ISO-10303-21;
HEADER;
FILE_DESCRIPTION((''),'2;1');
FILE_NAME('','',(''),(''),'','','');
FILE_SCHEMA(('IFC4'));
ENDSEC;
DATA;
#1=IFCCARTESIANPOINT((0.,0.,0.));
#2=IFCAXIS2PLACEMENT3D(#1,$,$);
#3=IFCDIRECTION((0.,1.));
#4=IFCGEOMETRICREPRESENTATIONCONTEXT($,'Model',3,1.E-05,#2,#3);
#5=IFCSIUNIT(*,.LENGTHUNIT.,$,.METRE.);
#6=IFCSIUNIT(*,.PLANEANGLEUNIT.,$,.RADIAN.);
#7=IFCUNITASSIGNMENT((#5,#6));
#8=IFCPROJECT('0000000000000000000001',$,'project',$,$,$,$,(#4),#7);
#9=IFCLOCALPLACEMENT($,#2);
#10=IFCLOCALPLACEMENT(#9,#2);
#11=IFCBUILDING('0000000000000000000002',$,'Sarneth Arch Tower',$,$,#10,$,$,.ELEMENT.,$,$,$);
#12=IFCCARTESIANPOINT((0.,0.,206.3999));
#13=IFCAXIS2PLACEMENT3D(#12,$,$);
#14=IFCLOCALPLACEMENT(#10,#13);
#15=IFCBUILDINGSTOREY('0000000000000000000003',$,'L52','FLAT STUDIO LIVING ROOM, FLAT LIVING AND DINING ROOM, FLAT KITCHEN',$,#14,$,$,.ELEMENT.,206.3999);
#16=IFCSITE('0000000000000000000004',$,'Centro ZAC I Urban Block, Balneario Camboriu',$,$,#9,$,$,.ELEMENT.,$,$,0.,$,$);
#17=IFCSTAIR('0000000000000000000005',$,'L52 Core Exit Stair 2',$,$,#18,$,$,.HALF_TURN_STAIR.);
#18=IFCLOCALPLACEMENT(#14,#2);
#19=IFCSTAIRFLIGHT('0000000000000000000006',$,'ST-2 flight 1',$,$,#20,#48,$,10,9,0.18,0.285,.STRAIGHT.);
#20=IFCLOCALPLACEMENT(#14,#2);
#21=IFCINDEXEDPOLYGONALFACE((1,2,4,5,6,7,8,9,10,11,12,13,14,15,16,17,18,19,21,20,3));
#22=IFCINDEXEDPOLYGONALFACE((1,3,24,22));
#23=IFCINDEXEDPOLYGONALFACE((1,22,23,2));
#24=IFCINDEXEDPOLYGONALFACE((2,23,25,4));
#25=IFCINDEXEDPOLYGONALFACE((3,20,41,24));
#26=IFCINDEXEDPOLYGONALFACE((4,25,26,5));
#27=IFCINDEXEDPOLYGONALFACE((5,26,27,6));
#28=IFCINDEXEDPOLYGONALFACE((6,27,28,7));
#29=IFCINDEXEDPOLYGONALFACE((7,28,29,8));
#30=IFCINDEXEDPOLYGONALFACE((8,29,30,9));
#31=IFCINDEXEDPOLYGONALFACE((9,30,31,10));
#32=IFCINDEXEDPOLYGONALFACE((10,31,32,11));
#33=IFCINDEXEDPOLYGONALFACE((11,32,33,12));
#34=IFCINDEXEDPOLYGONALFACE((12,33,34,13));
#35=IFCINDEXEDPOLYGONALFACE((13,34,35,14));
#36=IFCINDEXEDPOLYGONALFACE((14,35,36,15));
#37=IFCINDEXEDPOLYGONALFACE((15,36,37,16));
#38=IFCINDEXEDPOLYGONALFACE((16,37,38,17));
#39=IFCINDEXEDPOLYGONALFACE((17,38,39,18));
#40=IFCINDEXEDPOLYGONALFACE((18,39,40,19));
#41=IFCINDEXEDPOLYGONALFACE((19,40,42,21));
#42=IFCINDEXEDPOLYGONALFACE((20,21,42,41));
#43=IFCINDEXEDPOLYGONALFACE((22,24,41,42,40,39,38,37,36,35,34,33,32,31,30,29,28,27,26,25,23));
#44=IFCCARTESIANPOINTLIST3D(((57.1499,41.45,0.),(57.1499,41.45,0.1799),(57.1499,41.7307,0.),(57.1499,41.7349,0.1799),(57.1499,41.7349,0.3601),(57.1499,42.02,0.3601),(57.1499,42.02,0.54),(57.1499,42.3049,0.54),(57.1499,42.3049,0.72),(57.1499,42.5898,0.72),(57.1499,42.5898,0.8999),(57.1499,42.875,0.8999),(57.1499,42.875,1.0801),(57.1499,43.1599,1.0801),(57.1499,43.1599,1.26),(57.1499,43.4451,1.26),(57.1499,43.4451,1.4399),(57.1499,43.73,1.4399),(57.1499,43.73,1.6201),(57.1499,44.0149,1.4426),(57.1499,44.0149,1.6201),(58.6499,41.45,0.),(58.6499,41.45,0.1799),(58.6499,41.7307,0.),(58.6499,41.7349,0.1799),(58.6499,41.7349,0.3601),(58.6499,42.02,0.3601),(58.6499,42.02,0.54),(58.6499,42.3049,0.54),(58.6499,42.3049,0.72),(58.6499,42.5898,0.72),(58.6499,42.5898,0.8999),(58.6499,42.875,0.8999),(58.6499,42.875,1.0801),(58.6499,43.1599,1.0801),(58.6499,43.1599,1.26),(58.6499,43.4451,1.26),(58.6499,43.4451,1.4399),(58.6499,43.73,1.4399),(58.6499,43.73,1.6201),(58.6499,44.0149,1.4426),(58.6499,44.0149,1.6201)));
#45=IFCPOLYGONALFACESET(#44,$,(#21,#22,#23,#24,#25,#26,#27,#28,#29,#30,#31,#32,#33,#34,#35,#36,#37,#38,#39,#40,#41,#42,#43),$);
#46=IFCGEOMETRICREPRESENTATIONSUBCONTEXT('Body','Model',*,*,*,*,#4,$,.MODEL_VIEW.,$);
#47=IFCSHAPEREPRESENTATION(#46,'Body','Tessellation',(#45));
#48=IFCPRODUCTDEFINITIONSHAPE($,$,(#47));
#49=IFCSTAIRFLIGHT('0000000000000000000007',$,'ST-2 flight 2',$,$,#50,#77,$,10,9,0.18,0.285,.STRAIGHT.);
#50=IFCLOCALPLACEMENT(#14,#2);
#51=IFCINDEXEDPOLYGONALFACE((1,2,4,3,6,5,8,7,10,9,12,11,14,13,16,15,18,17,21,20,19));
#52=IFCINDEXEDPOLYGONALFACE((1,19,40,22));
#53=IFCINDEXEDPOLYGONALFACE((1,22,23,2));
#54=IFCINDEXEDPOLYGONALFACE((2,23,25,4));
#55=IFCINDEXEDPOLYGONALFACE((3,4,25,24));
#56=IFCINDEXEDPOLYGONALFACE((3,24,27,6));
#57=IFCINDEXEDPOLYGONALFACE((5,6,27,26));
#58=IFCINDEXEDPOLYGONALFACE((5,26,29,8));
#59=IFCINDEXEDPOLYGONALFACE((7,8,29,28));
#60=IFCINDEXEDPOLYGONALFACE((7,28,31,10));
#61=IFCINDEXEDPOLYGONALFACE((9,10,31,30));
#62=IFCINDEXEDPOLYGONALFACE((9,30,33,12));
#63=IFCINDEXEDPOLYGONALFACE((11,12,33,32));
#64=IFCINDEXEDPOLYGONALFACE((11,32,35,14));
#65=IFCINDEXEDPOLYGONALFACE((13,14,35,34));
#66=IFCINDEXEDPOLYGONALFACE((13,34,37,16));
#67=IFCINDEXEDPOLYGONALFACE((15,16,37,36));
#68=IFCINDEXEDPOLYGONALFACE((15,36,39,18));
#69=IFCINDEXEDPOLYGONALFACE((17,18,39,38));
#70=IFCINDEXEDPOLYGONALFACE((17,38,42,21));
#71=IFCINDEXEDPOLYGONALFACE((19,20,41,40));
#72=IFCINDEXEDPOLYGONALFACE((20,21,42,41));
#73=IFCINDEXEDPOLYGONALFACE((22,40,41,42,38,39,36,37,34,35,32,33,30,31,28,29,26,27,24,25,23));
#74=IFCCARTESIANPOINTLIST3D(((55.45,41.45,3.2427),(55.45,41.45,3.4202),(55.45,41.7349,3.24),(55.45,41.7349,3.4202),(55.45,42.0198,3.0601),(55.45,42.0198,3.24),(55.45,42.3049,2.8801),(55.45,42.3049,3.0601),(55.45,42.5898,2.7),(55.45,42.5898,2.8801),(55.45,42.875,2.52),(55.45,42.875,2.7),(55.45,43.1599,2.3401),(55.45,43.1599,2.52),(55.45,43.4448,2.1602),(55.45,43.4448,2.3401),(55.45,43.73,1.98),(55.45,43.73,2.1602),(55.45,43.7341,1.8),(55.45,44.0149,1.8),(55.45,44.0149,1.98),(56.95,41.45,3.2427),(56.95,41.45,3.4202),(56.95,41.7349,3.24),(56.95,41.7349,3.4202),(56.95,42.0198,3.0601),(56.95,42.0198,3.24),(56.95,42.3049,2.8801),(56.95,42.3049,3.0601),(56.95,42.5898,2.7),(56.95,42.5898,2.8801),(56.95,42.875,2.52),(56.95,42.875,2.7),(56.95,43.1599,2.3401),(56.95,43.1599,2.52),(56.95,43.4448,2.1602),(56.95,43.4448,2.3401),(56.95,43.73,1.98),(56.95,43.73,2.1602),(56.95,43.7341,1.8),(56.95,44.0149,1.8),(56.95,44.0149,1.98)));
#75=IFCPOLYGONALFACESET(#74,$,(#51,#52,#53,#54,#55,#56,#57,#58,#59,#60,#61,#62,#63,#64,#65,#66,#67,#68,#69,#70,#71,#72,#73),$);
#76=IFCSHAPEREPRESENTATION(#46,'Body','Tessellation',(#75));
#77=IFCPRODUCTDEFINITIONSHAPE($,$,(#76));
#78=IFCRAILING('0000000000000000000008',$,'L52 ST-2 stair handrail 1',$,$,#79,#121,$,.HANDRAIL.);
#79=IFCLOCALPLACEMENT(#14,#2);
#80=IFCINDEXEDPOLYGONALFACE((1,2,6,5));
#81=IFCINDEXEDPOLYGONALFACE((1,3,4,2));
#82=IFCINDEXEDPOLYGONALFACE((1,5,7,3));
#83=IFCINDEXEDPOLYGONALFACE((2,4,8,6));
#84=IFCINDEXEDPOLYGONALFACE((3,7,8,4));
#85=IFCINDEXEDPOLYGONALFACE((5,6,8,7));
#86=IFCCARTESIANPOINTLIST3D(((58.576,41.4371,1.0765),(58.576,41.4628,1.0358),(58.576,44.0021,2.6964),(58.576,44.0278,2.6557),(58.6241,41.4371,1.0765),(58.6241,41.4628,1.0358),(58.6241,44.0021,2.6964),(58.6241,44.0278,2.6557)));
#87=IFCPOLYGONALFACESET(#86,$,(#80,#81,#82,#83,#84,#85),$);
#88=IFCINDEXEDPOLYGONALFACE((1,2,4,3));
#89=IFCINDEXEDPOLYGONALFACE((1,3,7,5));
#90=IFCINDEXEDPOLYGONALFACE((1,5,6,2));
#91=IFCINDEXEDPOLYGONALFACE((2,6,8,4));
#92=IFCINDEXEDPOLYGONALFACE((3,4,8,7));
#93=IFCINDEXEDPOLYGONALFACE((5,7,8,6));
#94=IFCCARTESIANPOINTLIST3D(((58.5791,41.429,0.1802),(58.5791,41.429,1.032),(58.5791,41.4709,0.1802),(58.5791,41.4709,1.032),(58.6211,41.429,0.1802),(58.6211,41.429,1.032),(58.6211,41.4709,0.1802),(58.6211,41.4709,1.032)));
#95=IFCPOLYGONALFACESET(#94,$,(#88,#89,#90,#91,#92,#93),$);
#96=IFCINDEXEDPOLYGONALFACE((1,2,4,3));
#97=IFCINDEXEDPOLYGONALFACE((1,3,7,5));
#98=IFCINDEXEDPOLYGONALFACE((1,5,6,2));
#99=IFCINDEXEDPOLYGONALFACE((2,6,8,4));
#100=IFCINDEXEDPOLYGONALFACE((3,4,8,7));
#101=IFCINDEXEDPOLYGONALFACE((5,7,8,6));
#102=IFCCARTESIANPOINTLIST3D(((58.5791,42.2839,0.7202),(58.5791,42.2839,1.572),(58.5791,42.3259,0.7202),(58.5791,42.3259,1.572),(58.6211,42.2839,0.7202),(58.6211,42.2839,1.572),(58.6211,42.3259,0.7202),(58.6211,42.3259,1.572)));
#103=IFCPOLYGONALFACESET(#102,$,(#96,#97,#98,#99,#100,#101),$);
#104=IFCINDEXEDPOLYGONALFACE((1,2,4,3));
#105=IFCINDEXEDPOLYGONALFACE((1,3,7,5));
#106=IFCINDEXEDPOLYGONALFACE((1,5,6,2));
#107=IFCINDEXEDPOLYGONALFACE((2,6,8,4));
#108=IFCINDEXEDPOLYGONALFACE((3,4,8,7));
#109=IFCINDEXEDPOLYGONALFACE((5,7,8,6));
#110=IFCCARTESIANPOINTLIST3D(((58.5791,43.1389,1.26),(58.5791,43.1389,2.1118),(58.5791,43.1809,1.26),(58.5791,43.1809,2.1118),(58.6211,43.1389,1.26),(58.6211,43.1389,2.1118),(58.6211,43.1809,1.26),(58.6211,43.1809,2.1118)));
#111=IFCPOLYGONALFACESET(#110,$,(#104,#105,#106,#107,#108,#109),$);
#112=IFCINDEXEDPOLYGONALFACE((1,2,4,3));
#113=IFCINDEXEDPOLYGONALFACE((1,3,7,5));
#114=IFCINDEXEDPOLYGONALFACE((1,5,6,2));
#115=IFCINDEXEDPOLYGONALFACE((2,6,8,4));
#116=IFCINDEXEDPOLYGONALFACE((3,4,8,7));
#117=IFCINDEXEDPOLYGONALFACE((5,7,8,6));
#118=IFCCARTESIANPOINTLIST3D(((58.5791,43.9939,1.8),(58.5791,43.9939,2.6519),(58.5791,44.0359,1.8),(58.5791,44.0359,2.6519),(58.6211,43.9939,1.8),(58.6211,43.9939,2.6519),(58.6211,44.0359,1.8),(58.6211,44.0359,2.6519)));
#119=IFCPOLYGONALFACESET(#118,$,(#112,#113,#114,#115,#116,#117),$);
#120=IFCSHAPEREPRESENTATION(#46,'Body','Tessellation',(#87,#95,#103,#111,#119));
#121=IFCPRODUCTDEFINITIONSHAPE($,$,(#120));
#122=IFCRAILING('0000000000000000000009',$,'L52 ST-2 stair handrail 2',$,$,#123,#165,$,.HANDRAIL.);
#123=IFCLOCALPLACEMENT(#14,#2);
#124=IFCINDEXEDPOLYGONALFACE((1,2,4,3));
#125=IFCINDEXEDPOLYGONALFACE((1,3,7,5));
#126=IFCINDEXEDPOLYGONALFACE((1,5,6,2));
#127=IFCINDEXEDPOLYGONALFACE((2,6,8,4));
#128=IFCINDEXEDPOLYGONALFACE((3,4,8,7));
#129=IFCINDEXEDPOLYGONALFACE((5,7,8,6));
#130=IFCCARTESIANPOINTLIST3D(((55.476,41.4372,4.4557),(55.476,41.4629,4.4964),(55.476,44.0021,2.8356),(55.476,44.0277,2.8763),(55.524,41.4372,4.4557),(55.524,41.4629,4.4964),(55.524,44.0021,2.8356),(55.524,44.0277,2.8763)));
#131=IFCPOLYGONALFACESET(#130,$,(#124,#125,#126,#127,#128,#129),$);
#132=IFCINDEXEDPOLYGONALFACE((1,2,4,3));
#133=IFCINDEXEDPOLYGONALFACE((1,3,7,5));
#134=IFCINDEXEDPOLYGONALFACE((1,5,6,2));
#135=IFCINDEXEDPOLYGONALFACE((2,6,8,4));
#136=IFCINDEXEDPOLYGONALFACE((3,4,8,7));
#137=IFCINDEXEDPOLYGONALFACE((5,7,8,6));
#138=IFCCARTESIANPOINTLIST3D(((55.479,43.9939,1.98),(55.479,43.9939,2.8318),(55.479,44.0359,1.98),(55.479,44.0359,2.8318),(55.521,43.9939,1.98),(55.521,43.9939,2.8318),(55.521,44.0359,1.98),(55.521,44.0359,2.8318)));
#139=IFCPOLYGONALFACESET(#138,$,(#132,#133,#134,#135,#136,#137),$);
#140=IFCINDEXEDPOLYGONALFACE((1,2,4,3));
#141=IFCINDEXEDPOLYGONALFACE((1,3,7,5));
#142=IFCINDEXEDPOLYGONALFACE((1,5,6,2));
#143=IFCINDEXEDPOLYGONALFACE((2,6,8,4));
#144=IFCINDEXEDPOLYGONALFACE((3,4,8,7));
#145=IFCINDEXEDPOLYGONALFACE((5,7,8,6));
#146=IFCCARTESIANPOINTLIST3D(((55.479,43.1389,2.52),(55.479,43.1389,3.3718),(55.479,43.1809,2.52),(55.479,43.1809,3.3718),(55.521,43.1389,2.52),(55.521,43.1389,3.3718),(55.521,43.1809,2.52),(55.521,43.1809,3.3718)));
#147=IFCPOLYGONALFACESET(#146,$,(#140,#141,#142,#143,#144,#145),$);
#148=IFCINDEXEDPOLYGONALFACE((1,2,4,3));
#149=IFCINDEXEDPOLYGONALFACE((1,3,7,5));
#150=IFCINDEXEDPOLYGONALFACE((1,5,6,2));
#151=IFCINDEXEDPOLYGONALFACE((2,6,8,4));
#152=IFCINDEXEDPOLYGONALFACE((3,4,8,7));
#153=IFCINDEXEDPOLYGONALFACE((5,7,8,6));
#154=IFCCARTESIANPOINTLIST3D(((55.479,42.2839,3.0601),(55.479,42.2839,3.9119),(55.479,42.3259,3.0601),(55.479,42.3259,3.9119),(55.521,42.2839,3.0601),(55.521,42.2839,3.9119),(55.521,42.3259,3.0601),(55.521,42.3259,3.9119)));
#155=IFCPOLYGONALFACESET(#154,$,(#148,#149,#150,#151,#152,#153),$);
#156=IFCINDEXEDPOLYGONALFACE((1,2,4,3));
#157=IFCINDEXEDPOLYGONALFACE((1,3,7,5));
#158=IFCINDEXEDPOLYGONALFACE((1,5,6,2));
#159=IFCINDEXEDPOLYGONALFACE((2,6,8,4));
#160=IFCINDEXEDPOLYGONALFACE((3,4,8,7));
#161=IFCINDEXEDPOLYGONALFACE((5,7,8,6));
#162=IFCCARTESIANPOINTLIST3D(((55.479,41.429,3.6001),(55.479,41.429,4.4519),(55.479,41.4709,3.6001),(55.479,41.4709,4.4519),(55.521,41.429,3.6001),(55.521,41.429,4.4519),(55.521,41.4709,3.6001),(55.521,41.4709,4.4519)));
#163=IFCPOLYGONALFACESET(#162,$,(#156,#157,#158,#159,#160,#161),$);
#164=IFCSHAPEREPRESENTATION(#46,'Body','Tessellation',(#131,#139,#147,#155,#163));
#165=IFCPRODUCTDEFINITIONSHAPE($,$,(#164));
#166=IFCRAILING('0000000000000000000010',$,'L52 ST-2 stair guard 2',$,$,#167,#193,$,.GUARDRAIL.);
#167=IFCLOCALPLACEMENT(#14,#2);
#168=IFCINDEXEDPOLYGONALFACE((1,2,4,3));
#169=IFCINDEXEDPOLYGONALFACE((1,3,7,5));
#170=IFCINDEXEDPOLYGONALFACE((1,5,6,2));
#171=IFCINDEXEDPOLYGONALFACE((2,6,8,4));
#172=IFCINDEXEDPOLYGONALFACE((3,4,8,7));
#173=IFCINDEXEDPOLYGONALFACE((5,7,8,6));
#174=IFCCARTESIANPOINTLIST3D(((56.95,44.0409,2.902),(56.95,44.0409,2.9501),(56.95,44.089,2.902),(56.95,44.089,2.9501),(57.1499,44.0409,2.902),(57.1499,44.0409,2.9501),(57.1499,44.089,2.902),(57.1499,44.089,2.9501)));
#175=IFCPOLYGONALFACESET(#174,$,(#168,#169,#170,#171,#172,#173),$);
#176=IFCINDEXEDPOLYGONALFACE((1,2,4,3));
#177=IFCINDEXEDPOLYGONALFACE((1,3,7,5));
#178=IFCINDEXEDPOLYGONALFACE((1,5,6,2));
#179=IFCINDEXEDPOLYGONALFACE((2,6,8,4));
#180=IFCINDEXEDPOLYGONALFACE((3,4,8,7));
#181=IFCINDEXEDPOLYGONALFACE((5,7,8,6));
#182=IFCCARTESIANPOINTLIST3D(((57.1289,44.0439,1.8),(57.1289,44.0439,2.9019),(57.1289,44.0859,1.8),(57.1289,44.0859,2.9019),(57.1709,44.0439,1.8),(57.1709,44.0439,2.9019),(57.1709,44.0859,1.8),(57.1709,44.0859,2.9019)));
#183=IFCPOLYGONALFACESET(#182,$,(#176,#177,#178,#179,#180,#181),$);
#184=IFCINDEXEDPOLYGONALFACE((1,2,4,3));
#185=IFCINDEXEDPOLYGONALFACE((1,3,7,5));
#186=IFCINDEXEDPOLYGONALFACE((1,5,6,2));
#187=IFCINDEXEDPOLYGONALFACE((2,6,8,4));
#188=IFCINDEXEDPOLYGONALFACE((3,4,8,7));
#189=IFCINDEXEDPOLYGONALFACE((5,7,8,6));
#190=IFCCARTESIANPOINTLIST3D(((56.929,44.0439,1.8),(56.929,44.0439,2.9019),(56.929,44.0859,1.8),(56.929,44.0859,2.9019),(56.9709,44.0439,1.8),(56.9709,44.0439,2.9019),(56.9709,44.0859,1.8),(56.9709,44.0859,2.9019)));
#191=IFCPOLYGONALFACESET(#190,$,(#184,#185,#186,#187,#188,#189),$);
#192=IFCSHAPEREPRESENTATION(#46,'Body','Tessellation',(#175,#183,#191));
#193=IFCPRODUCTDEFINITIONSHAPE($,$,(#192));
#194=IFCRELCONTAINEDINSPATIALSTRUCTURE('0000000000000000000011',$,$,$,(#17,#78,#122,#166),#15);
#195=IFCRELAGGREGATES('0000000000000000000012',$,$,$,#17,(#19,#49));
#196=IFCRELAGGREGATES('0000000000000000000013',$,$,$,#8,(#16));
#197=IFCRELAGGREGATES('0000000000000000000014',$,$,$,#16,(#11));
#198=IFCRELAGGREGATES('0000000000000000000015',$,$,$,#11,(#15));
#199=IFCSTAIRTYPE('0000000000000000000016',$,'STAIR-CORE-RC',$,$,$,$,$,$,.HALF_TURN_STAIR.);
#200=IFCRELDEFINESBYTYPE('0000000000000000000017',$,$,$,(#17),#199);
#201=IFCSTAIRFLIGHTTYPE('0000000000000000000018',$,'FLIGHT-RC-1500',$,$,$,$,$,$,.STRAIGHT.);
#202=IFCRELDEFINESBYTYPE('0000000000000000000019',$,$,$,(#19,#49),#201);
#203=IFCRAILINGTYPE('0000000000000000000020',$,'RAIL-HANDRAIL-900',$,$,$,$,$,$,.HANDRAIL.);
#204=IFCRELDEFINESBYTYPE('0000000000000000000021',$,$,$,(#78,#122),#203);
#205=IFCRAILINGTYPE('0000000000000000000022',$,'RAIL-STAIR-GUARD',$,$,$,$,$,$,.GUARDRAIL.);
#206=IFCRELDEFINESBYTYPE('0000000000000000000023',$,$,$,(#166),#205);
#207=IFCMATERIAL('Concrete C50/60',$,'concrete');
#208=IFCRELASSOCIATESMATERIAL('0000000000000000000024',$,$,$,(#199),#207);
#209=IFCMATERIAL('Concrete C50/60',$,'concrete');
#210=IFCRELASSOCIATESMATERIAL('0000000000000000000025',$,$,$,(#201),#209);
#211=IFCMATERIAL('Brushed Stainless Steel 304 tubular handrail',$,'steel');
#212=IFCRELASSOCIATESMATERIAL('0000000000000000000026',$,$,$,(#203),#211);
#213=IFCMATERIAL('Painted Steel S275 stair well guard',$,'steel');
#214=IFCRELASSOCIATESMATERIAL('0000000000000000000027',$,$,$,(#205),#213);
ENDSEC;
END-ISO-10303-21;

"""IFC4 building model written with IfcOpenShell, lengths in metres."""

from ifc_helpers import new_model, si_unit, direction, frame, origin, origin_2d, place, context, subcontext, project, spatial, polyline, rectangle, outline, extrude, material, type_object, element, aggregate, save


model = new_model("IFC4")

# Units and contexts
model_context = context("Model", 3, precision=1e-05, world=origin(), true_north=direction((0.0, 1.0)))
body_context = subcontext(model_context, "Body", "Model", "MODEL_VIEW")
ifc_project = project(units=[si_unit("LENGTHUNIT", "METRE"), si_unit("PLANEANGLEUNIT", "RADIAN")], contexts=[model_context])

# Site, building, storey
site_placement = place(None, origin())
site = spatial("IfcSite", under=ifc_project, at=site_placement, Name="Centro ZAC I Urban Block, Balneario Camboriu", CompositionType="ELEMENT", RefElevation=0.0)
building_placement = place(site_placement, origin())
building = spatial("IfcBuilding", under=site, at=building_placement, Name="Sarneth Arch Tower", CompositionType="ELEMENT")
storey_placement = place(building_placement, frame((0.0, 0.0, 206.3999)))
storey = spatial("IfcBuildingStorey", under=building, at=storey_placement, Name="L52", Description="FLAT STUDIO LIVING ROOM, FLAT LIVING AND DINING ROOM, FLAT KITCHEN", CompositionType="ELEMENT", Elevation=206.3999)

# Stair, stair flights
ifc_material_1 = material(Name="Concrete C50/60", Category="concrete")
stair_type = type_object("IfcStairType", Name="STAIR-CORE-RC", PredefinedType="HALF_TURN_STAIR", material=ifc_material_1)
stair_placement = place(storey_placement, origin())
stair = element("IfcStair", 1, at=stair_placement, inside=storey, type_object=stair_type, Name="L52 Core Exit Stair 2", PredefinedType="HALF_TURN_STAIR")
ifc_material_2 = material(Name="Concrete C50/60", Category="concrete")
stair_flight_type = type_object("IfcStairFlightType", Name="FLIGHT-RC-1500", PredefinedType="STRAIGHT", material=ifc_material_2)
stair_flight_1_placement = place(storey_placement, frame((57.8999, 41.45, 0.0), z_axis=(0.0, 0.0, 1.0), x_axis=(0.0, 1.0, 0.0)))
stair_flight_1 = element("IfcStairFlight", 2, at=stair_flight_1_placement, type_object=stair_flight_type, Name="ST-2 flight 1", NumberOfRisers=10, NumberOfTreads=9, PredefinedType="STRAIGHT", RiserHeight=0.18, TreadLength=0.285, context=body_context, shape_type="SweptSolid", body=[
    extrude(outline(polyline([(0.0, 0.0), (0.0, 0.1799), (0.2849, 0.1799), (0.2849, 0.3601), (0.5701, 0.3601), (0.5701, 0.54), (0.855, 0.54), (0.855, 0.72), (1.1399, 0.72), (1.1399, 0.8999), (1.425, 0.8999), (1.425, 1.0801), (1.71, 1.0801), (1.71, 1.26), (1.9951, 1.26), (1.9951, 1.4399), (2.28, 1.4399), (2.28, 1.6201), (2.5649, 1.6201), (2.5649, 1.8), (2.5649, 1.4426), (0.2808, 0.0), (0.0, 0.0)])), frame((0.0, 0.75, 0.0), z_axis=(0.0, -1.0, 0.0), x_axis=(1.0, 0.0, 0.0)), (0.0, 0.0, 1.0), 1.5),
])
stair_flight_2_placement = place(storey_placement, frame((56.2, 44.0149, 1.8), z_axis=(0.0, 0.0, 1.0), x_axis=(0.0, -1.0, 0.0)))
stair_flight_2 = element("IfcStairFlight", 3, at=stair_flight_2_placement, type_object=stair_flight_type, Name="ST-2 flight 2", NumberOfRisers=10, NumberOfTreads=9, PredefinedType="STRAIGHT", RiserHeight=0.18, TreadLength=0.285, context=body_context, shape_type="SweptSolid", body=[
    extrude(outline(polyline([(0.0, 0.0), (0.0, 0.1799), (0.2849, 0.1799), (0.2849, 0.3601), (0.5701, 0.3601), (0.5701, 0.54), (0.855, 0.54), (0.855, 0.72), (1.1399, 0.72), (1.1399, 0.8999), (1.425, 0.8999), (1.425, 1.0801), (1.71, 1.0801), (1.71, 1.26), (1.9951, 1.26), (1.9951, 1.4399), (2.28, 1.4399), (2.28, 1.6201), (2.5649, 1.6201), (2.5649, 1.8), (2.5649, 1.4426), (0.2808, 0.0), (0.0, 0.0)])), frame((0.0, 0.75, 0.0), z_axis=(0.0, -1.0, 0.0), x_axis=(1.0, 0.0, 0.0)), (0.0, 0.0, 1.0), 1.5),
])
aggregate(stair, [stair_flight_1, stair_flight_2])

# Railings
ifc_material_3 = material(Name="Brushed Stainless Steel 304 tubular handrail", Category="steel")
railing_type_1 = type_object("IfcRailingType", Name="RAIL-HANDRAIL-900", PredefinedType="HANDRAIL", material=ifc_material_3)
railing_1_placement = place(storey_placement, frame((58.6001, 41.45, 0.1802)))
element("IfcRailing", 4, at=railing_1_placement, inside=storey, type_object=railing_type_1, Name="L52 ST-2 stair handrail 1", PredefinedType="HANDRAIL", context=body_context, shape_type="SweptSolid", body=[
    extrude(rectangle(XDim=0.0481, YDim=0.0481, at=origin_2d()), frame((0.0, 0.0, 0.876), z_axis=(0.0, 0.845502, 0.533972), x_axis=(-1.0, 0.0, 0.0)), (0.0, 0.0, 1.0), 3.0337),
    extrude(rectangle(XDim=0.042, YDim=0.042, at=origin_2d()), origin(), (0.0, 0.0, 1.0), 0.8518),
    extrude(rectangle(XDim=0.042, YDim=0.042, at=origin_2d()), frame((0.0, 0.855, 0.54)), (0.0, 0.0, 1.0), 0.8518),
    extrude(rectangle(XDim=0.042, YDim=0.042, at=origin_2d()), frame((0.0, 1.71, 1.0798)), (0.0, 0.0, 1.0), 0.8518),
    extrude(rectangle(XDim=0.042, YDim=0.042, at=origin_2d()), frame((0.0, 2.5649, 1.6199)), (0.0, 0.0, 1.0), 0.8518),
])
railing_2_placement = place(storey_placement, frame((55.5, 44.0149, 1.98)))
element("IfcRailing", 5, at=railing_2_placement, inside=storey, type_object=railing_type_1, Name="L52 ST-2 stair handrail 2", PredefinedType="HANDRAIL", context=body_context, shape_type="SweptSolid", body=[
    extrude(rectangle(XDim=0.0481, YDim=0.0481, at=origin_2d()), frame((0.0, 0.0, 0.876), z_axis=(0.0, -0.845466, 0.534029), x_axis=(1.0, 0.0, 0.0)), (0.0, 0.0, 1.0), 3.0337),
    extrude(rectangle(XDim=0.042, YDim=0.042, at=origin_2d()), origin(), (0.0, 0.0, 1.0), 0.8518),
    extrude(rectangle(XDim=0.042, YDim=0.042, at=origin_2d()), frame((0.0, -0.855, 0.54)), (0.0, 0.0, 1.0), 0.8518),
    extrude(rectangle(XDim=0.042, YDim=0.042, at=origin_2d()), frame((0.0, -1.71, 1.0801)), (0.0, 0.0, 1.0), 0.8518),
    extrude(rectangle(XDim=0.042, YDim=0.042, at=origin_2d()), frame((0.0, -2.5649, 1.6201)), (0.0, 0.0, 1.0), 0.8518),
])
ifc_material_4 = material(Name="Painted Steel S275 stair well guard", Category="steel")
railing_type_2 = type_object("IfcRailingType", Name="RAIL-STAIR-GUARD", PredefinedType="GUARDRAIL", material=ifc_material_4)
railing_3_placement = place(storey_placement, frame((57.1499, 44.0649, 1.8)))
element("IfcRailing", 6, at=railing_3_placement, inside=storey, type_object=railing_type_2, Name="L52 ST-2 stair guard 2", PredefinedType="GUARDRAIL", context=body_context, shape_type="SweptSolid", body=[
    extrude(rectangle(XDim=0.0481, YDim=0.0481, at=origin_2d()), frame((0.0, 0.0, 1.126), z_axis=(-1.0, 0.0, 0.0), x_axis=(0.0, -1.0, 0.0)), (0.0, 0.0, 1.0), 0.2),
    extrude(rectangle(XDim=0.042, YDim=0.042, at=origin_2d()), origin(), (0.0, 0.0, 1.0), 1.1018),
    extrude(rectangle(XDim=0.042, YDim=0.042, at=origin_2d()), frame((-0.2, 0.0, 0.0)), (0.0, 0.0, 1.0), 1.1018),
])

save(model, "model.ifc")
